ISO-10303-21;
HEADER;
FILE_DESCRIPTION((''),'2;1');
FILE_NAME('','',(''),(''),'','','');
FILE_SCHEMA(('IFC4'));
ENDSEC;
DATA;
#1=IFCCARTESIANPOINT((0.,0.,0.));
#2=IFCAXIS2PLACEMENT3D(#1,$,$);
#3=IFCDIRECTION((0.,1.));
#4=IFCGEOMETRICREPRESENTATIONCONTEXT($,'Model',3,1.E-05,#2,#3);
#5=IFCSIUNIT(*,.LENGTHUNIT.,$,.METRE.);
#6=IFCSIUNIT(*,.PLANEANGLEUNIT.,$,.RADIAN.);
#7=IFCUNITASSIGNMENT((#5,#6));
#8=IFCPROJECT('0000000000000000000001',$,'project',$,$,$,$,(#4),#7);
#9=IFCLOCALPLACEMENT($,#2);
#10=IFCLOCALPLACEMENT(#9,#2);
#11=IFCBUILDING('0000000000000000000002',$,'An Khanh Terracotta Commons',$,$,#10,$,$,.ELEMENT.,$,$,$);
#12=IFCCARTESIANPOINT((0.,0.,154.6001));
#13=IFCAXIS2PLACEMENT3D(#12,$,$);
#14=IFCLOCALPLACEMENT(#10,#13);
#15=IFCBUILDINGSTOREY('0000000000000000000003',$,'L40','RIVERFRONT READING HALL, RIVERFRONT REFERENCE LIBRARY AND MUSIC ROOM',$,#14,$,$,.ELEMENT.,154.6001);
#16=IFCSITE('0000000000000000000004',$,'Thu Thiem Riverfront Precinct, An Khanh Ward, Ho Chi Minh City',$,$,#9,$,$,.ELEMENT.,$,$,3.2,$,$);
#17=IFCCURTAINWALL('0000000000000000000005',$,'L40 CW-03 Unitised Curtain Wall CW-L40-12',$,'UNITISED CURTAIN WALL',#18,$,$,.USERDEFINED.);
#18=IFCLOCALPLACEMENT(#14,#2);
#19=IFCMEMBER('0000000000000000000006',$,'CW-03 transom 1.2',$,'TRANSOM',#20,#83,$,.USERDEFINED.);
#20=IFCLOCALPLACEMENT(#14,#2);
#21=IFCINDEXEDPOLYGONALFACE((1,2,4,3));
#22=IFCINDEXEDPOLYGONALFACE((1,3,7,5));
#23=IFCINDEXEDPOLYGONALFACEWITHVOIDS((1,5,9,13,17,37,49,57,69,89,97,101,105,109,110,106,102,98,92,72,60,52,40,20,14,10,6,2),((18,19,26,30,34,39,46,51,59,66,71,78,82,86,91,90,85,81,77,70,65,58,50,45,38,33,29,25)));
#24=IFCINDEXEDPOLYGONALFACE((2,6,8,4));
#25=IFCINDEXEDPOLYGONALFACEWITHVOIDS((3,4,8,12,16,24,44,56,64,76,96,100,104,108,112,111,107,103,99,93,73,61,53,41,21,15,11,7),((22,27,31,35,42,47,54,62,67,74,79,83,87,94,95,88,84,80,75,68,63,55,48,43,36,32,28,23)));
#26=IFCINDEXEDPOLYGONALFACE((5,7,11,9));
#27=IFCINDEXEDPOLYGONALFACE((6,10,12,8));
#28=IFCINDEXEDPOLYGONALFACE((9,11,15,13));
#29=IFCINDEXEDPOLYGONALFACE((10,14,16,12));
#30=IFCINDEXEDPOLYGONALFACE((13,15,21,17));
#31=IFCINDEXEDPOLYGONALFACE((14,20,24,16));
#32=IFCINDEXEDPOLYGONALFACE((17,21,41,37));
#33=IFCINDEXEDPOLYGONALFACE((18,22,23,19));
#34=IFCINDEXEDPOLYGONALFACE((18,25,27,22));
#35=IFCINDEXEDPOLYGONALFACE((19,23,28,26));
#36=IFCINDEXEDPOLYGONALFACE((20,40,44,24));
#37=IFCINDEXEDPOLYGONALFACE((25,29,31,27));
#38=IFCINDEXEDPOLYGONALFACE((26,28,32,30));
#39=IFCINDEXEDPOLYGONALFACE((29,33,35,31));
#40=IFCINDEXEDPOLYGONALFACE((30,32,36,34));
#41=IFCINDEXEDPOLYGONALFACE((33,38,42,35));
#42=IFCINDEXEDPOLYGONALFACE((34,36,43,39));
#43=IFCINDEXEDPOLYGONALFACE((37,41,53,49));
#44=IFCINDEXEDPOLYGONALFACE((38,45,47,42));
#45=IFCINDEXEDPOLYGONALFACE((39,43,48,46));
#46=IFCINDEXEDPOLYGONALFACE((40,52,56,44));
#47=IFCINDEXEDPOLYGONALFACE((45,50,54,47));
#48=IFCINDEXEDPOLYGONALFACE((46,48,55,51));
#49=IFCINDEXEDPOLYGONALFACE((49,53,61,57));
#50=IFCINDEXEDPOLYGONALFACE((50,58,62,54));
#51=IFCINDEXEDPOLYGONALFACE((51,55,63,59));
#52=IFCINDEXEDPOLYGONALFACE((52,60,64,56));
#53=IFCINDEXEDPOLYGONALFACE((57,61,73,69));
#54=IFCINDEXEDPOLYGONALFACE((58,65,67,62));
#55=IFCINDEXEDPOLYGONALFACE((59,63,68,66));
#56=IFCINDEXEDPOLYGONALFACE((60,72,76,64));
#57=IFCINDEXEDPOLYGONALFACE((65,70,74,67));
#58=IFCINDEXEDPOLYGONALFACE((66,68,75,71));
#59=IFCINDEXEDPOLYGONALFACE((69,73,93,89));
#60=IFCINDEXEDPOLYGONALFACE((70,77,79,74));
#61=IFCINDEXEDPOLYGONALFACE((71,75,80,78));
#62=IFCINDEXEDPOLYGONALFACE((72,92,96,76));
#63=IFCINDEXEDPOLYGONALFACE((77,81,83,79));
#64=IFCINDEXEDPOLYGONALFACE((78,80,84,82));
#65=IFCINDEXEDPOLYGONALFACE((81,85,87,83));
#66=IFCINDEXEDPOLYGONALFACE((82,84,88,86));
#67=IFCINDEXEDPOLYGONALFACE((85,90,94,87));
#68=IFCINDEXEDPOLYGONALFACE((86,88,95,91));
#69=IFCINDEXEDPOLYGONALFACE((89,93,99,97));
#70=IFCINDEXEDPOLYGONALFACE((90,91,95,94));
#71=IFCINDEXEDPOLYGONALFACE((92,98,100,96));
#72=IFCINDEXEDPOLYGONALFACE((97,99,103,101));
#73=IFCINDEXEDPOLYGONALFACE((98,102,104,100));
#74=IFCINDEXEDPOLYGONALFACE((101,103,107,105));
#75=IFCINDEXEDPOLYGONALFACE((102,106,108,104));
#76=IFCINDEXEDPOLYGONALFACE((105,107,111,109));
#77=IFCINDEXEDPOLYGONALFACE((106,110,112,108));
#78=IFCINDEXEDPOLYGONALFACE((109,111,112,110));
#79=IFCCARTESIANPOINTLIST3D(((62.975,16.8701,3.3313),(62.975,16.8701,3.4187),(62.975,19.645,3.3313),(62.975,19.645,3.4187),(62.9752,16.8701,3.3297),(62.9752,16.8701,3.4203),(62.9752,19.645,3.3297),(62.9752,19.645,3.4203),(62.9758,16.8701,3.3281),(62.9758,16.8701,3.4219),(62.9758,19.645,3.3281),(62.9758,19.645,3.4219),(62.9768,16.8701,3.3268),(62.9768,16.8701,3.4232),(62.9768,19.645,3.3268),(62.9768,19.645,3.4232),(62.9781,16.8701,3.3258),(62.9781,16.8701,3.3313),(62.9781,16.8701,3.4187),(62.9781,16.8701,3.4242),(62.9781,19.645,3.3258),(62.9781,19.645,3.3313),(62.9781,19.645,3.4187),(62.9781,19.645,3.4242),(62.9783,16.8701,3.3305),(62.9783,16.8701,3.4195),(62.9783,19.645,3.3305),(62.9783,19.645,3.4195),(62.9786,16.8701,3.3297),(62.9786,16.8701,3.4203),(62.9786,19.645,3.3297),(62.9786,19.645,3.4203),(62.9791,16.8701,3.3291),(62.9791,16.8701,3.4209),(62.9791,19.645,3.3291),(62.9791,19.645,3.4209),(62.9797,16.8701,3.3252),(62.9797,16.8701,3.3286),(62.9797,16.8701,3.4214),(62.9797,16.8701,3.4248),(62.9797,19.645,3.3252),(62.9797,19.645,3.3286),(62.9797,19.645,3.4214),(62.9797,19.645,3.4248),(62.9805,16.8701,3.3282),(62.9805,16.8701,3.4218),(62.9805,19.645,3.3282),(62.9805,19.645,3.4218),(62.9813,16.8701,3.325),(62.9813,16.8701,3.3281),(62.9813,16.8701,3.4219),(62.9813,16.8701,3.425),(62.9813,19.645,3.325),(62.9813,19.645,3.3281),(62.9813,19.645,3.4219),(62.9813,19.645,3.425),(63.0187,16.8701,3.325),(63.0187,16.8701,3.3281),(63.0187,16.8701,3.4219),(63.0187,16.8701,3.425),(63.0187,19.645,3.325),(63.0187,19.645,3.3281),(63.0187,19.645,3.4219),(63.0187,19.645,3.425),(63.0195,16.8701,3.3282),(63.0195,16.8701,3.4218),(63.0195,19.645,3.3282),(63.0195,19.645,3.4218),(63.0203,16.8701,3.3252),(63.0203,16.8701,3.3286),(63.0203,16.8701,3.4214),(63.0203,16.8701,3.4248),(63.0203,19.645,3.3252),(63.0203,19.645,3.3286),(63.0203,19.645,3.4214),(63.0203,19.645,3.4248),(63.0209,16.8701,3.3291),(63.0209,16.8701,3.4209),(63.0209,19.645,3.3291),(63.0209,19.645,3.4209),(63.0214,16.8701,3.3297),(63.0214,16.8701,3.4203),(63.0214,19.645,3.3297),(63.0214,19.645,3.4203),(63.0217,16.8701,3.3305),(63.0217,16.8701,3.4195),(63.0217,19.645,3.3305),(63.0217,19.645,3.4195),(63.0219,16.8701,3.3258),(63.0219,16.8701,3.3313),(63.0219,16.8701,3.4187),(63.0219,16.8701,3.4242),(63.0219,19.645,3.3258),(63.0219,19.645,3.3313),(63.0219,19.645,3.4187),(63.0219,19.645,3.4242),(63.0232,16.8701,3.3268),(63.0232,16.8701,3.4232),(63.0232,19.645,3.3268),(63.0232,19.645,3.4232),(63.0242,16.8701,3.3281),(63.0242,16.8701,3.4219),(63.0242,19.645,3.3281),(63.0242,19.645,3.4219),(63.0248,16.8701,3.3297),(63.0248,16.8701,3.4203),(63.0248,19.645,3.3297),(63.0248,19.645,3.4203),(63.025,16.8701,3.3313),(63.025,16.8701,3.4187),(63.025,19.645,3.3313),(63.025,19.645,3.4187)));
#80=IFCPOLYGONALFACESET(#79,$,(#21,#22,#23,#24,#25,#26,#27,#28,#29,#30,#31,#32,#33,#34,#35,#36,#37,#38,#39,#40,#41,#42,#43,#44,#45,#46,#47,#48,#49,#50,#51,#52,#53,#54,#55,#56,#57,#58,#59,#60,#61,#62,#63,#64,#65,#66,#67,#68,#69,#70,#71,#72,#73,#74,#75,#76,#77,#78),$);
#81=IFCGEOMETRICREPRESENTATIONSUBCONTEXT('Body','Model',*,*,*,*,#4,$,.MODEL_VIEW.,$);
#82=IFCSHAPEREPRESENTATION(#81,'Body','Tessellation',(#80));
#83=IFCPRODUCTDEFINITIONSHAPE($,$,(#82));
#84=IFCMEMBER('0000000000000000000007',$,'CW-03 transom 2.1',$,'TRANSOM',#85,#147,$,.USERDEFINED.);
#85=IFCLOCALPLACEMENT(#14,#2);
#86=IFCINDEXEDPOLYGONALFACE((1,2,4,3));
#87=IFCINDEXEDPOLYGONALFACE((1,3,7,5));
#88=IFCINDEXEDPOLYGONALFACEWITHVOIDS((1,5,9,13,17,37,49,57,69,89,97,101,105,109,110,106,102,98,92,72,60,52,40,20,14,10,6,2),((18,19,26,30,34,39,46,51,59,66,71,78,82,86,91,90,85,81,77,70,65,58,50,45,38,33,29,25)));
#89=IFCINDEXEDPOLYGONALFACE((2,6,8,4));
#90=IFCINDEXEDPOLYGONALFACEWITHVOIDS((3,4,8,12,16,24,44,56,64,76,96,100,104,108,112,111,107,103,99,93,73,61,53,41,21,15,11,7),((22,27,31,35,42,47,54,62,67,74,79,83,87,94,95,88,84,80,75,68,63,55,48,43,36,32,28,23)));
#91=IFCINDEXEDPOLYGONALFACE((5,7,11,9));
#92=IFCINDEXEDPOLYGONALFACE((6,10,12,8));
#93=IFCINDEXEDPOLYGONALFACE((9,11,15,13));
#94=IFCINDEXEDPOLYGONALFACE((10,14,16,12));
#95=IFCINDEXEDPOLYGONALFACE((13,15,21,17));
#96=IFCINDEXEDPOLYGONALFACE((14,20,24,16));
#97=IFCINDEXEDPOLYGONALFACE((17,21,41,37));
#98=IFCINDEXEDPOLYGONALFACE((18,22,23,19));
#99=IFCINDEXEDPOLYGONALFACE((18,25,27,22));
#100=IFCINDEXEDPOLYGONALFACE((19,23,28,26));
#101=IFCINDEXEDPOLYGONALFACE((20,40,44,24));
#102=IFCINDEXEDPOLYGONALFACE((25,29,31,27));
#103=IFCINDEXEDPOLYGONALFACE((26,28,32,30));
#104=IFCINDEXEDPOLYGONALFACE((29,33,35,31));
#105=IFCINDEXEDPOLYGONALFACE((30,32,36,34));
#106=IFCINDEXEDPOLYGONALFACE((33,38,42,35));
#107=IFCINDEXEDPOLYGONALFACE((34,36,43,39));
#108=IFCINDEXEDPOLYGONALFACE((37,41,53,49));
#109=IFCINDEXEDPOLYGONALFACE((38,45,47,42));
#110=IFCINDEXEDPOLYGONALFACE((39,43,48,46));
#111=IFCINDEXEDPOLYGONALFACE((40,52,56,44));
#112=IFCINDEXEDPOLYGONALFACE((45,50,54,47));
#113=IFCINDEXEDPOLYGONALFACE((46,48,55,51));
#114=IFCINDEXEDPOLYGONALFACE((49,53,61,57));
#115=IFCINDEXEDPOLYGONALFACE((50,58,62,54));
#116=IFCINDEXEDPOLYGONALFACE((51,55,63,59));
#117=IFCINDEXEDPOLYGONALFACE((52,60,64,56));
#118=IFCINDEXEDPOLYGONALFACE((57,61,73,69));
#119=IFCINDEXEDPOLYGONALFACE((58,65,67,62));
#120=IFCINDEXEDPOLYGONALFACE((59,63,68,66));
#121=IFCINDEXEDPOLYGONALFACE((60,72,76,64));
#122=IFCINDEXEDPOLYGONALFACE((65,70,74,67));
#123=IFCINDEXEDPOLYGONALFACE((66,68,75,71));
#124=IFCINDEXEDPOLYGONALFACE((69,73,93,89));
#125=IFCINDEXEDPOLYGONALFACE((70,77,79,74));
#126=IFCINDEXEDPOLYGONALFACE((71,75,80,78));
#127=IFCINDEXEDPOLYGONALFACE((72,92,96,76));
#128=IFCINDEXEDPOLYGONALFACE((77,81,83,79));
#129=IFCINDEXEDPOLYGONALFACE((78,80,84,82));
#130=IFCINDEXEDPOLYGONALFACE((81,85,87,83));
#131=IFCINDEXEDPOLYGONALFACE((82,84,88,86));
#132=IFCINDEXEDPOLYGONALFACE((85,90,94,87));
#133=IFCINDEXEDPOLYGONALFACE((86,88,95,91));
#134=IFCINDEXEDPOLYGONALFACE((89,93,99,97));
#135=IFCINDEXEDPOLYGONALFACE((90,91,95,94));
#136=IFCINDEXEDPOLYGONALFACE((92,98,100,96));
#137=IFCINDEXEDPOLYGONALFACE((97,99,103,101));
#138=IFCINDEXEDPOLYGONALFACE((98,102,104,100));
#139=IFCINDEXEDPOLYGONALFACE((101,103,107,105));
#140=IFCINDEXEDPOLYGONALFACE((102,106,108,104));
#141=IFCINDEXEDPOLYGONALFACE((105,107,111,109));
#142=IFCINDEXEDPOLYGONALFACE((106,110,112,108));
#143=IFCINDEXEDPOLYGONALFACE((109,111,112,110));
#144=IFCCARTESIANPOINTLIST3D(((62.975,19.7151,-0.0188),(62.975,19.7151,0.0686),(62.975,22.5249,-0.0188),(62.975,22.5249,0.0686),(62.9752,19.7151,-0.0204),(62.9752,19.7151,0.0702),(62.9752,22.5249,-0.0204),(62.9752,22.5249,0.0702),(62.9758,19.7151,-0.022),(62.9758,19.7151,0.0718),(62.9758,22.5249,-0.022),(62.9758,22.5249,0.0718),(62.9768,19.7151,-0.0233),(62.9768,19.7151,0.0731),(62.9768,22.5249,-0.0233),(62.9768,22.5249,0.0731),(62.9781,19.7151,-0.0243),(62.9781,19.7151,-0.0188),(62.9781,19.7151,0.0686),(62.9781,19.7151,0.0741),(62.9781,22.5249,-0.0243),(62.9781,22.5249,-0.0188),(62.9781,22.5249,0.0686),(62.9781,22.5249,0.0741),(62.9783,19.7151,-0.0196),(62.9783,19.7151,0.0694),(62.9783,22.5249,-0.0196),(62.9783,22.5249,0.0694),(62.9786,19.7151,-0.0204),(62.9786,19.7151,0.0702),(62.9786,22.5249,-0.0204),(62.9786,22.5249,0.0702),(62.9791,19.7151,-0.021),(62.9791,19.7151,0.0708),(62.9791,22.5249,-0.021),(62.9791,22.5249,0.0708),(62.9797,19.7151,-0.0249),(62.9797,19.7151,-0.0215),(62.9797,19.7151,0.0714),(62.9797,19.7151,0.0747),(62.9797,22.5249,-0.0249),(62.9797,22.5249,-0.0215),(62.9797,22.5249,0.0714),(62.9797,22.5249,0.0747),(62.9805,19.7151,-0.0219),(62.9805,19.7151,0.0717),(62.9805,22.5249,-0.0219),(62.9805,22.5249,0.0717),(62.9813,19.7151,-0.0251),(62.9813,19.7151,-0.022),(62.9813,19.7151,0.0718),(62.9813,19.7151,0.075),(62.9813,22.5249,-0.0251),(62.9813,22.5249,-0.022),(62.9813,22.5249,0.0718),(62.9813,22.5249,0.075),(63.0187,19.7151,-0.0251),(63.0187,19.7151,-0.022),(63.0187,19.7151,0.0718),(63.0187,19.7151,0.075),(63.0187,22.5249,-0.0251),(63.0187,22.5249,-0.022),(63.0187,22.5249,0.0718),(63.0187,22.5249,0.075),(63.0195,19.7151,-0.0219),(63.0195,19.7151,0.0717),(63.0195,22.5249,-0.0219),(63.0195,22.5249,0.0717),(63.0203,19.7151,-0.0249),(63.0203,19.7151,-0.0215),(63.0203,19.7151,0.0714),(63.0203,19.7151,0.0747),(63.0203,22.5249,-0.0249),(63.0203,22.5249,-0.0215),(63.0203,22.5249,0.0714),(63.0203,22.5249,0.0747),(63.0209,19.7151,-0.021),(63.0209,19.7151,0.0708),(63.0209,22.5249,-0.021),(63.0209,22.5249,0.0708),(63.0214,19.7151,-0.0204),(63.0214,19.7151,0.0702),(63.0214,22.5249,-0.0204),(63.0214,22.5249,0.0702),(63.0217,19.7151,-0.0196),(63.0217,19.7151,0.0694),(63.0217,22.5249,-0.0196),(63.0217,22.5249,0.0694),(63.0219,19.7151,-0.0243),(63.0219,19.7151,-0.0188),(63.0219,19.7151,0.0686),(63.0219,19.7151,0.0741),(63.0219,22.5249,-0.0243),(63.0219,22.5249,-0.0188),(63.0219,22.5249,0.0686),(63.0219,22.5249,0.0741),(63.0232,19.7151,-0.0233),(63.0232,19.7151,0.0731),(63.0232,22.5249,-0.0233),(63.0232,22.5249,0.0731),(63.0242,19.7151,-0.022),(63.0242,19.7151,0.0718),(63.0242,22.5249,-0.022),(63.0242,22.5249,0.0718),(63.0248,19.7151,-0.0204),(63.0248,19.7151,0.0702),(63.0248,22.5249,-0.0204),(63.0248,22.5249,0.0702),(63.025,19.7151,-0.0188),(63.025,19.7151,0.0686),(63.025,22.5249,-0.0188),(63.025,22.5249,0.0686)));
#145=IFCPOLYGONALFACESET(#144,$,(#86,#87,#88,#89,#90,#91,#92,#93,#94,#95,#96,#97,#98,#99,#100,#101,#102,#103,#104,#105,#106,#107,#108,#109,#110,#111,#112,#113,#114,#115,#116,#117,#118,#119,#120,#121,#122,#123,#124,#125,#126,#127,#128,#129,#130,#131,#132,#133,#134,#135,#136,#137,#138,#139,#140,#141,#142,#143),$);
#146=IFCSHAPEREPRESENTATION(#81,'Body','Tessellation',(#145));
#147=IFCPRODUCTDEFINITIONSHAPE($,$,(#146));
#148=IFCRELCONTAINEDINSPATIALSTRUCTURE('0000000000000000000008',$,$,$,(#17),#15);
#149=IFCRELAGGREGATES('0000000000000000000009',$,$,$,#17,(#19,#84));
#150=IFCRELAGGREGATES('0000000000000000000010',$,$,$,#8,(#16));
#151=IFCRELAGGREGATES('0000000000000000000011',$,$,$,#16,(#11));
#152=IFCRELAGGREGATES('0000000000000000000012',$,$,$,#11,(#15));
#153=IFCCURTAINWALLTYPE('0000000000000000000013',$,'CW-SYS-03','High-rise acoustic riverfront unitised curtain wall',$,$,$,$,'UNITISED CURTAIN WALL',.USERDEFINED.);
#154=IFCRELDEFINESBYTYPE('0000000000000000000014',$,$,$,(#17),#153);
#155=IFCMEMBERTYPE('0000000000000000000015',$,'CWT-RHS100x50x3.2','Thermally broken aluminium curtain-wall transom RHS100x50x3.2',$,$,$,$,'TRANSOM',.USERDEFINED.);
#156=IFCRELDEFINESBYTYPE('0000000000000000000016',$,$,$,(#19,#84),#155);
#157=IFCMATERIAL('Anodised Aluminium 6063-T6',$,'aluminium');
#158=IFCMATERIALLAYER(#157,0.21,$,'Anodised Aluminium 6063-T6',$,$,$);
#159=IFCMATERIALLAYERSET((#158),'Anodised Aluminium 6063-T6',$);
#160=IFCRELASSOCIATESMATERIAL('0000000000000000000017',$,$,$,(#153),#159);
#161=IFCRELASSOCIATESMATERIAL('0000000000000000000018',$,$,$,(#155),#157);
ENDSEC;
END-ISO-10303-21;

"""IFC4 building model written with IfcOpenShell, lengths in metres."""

from ifc_helpers import new_model, si_unit, direction, frame, origin, origin_2d, place, context, subcontext, project, spatial, hollow_rectangle, extrude, material, layer, layer_set, material_profile, profile_set, type_object, element, aggregate, save


model = new_model("IFC4")

# Units and contexts
model_context = context("Model", 3, precision=1e-05, world=origin(), true_north=direction((0.0, 1.0)))
body_context = subcontext(model_context, "Body", "Model", "MODEL_VIEW")
ifc_project = project(units=[si_unit("LENGTHUNIT", "METRE"), si_unit("PLANEANGLEUNIT", "RADIAN")], contexts=[model_context])

# Site, building, storey
site_placement = place(None, origin())
site = spatial("IfcSite", under=ifc_project, at=site_placement, Name="Thu Thiem Riverfront Precinct, An Khanh Ward, Ho Chi Minh City", CompositionType="ELEMENT", RefElevation=3.2)
building_placement = place(site_placement, origin())
building = spatial("IfcBuilding", under=site, at=building_placement, Name="An Khanh Terracotta Commons", CompositionType="ELEMENT")
storey_placement = place(building_placement, frame((0.0, 0.0, 154.6001)))
storey = spatial("IfcBuildingStorey", under=building, at=storey_placement, Name="L40", Description="RIVERFRONT READING HALL, RIVERFRONT REFERENCE LIBRARY AND MUSIC ROOM", CompositionType="ELEMENT", Elevation=154.6001)

# Curtain wall
ifc_material_1 = material(Name="Anodised Aluminium 6063-T6", Category="aluminium")
ifc_layer_1 = layer(ifc_material_1, 0.21, Name="Anodised Aluminium 6063-T6")
ifc_layer_set_1 = layer_set([ifc_layer_1], Name="Anodised Aluminium 6063-T6")
curtain_wall_type = type_object("IfcCurtainWallType", Name="CW-SYS-03", Description="High-rise acoustic riverfront unitised curtain wall", ElementType="UNITISED CURTAIN WALL", PredefinedType="USERDEFINED", material=ifc_layer_set_1)
curtain_wall_1_placement = place(storey_placement, origin())
curtain_wall_1 = element("IfcCurtainWall", 1, at=curtain_wall_1_placement, inside=storey, type_object=curtain_wall_type, Name="L40 CW-03 Unitised Curtain Wall CW-L40-12", ObjectType="UNITISED CURTAIN WALL", PredefinedType="USERDEFINED")

# Members
ifc_material_profile_1 = material_profile(ifc_material_1, hollow_rectangle(XDim=0.05, YDim=0.1001, WallThickness=0.0032, InnerFilletRadius=0.0032, OuterFilletRadius=0.0063, at=origin_2d()), Name="RHS100x50x3.2")
ifc_profile_set_1 = profile_set([ifc_material_profile_1], Name="Anodised Aluminium 6063-T6")
member_type_1 = type_object("IfcMemberType", Name="CWT-RHS100x50x3.2", Description="Thermally broken aluminium curtain-wall transom RHS100x50x3.2", ElementType="TRANSOM", PredefinedType="USERDEFINED", material=ifc_profile_set_1)
member_1_placement = place(storey_placement, frame((63.0, 16.8701, 3.375), z_axis=(0.0, 1.0, 0.0), x_axis=(-1.0, 0.0, 0.0)))
member_1 = element("IfcMember", 2, at=member_1_placement, type_object=member_type_1, Name="CW-03 transom 1.2", ObjectType="TRANSOM", PredefinedType="USERDEFINED", context=body_context, shape_type="SweptSolid", body=[
    extrude(hollow_rectangle(XDim=0.05, YDim=0.1001, WallThickness=0.0032, InnerFilletRadius=0.0032, OuterFilletRadius=0.0063, at=origin_2d()), origin(), (0.0, 0.0, 1.0), 2.7749),
])
member_2_placement = place(storey_placement, frame((63.0, 19.7151, 0.0249), z_axis=(0.0, 1.0, 0.0), x_axis=(-1.0, 0.0, 0.0)))
member_2 = element("IfcMember", 3, at=member_2_placement, type_object=member_type_1, Name="CW-03 transom 2.1", ObjectType="TRANSOM", PredefinedType="USERDEFINED", context=body_context, shape_type="SweptSolid", body=[
    extrude(hollow_rectangle(XDim=0.05, YDim=0.1001, WallThickness=0.0032, InnerFilletRadius=0.0032, OuterFilletRadius=0.0063, at=origin_2d()), origin(), (0.0, 0.0, 1.0), 2.8098),
])

aggregate(curtain_wall_1, [member_1, member_2])

save(model, "model.ifc")
